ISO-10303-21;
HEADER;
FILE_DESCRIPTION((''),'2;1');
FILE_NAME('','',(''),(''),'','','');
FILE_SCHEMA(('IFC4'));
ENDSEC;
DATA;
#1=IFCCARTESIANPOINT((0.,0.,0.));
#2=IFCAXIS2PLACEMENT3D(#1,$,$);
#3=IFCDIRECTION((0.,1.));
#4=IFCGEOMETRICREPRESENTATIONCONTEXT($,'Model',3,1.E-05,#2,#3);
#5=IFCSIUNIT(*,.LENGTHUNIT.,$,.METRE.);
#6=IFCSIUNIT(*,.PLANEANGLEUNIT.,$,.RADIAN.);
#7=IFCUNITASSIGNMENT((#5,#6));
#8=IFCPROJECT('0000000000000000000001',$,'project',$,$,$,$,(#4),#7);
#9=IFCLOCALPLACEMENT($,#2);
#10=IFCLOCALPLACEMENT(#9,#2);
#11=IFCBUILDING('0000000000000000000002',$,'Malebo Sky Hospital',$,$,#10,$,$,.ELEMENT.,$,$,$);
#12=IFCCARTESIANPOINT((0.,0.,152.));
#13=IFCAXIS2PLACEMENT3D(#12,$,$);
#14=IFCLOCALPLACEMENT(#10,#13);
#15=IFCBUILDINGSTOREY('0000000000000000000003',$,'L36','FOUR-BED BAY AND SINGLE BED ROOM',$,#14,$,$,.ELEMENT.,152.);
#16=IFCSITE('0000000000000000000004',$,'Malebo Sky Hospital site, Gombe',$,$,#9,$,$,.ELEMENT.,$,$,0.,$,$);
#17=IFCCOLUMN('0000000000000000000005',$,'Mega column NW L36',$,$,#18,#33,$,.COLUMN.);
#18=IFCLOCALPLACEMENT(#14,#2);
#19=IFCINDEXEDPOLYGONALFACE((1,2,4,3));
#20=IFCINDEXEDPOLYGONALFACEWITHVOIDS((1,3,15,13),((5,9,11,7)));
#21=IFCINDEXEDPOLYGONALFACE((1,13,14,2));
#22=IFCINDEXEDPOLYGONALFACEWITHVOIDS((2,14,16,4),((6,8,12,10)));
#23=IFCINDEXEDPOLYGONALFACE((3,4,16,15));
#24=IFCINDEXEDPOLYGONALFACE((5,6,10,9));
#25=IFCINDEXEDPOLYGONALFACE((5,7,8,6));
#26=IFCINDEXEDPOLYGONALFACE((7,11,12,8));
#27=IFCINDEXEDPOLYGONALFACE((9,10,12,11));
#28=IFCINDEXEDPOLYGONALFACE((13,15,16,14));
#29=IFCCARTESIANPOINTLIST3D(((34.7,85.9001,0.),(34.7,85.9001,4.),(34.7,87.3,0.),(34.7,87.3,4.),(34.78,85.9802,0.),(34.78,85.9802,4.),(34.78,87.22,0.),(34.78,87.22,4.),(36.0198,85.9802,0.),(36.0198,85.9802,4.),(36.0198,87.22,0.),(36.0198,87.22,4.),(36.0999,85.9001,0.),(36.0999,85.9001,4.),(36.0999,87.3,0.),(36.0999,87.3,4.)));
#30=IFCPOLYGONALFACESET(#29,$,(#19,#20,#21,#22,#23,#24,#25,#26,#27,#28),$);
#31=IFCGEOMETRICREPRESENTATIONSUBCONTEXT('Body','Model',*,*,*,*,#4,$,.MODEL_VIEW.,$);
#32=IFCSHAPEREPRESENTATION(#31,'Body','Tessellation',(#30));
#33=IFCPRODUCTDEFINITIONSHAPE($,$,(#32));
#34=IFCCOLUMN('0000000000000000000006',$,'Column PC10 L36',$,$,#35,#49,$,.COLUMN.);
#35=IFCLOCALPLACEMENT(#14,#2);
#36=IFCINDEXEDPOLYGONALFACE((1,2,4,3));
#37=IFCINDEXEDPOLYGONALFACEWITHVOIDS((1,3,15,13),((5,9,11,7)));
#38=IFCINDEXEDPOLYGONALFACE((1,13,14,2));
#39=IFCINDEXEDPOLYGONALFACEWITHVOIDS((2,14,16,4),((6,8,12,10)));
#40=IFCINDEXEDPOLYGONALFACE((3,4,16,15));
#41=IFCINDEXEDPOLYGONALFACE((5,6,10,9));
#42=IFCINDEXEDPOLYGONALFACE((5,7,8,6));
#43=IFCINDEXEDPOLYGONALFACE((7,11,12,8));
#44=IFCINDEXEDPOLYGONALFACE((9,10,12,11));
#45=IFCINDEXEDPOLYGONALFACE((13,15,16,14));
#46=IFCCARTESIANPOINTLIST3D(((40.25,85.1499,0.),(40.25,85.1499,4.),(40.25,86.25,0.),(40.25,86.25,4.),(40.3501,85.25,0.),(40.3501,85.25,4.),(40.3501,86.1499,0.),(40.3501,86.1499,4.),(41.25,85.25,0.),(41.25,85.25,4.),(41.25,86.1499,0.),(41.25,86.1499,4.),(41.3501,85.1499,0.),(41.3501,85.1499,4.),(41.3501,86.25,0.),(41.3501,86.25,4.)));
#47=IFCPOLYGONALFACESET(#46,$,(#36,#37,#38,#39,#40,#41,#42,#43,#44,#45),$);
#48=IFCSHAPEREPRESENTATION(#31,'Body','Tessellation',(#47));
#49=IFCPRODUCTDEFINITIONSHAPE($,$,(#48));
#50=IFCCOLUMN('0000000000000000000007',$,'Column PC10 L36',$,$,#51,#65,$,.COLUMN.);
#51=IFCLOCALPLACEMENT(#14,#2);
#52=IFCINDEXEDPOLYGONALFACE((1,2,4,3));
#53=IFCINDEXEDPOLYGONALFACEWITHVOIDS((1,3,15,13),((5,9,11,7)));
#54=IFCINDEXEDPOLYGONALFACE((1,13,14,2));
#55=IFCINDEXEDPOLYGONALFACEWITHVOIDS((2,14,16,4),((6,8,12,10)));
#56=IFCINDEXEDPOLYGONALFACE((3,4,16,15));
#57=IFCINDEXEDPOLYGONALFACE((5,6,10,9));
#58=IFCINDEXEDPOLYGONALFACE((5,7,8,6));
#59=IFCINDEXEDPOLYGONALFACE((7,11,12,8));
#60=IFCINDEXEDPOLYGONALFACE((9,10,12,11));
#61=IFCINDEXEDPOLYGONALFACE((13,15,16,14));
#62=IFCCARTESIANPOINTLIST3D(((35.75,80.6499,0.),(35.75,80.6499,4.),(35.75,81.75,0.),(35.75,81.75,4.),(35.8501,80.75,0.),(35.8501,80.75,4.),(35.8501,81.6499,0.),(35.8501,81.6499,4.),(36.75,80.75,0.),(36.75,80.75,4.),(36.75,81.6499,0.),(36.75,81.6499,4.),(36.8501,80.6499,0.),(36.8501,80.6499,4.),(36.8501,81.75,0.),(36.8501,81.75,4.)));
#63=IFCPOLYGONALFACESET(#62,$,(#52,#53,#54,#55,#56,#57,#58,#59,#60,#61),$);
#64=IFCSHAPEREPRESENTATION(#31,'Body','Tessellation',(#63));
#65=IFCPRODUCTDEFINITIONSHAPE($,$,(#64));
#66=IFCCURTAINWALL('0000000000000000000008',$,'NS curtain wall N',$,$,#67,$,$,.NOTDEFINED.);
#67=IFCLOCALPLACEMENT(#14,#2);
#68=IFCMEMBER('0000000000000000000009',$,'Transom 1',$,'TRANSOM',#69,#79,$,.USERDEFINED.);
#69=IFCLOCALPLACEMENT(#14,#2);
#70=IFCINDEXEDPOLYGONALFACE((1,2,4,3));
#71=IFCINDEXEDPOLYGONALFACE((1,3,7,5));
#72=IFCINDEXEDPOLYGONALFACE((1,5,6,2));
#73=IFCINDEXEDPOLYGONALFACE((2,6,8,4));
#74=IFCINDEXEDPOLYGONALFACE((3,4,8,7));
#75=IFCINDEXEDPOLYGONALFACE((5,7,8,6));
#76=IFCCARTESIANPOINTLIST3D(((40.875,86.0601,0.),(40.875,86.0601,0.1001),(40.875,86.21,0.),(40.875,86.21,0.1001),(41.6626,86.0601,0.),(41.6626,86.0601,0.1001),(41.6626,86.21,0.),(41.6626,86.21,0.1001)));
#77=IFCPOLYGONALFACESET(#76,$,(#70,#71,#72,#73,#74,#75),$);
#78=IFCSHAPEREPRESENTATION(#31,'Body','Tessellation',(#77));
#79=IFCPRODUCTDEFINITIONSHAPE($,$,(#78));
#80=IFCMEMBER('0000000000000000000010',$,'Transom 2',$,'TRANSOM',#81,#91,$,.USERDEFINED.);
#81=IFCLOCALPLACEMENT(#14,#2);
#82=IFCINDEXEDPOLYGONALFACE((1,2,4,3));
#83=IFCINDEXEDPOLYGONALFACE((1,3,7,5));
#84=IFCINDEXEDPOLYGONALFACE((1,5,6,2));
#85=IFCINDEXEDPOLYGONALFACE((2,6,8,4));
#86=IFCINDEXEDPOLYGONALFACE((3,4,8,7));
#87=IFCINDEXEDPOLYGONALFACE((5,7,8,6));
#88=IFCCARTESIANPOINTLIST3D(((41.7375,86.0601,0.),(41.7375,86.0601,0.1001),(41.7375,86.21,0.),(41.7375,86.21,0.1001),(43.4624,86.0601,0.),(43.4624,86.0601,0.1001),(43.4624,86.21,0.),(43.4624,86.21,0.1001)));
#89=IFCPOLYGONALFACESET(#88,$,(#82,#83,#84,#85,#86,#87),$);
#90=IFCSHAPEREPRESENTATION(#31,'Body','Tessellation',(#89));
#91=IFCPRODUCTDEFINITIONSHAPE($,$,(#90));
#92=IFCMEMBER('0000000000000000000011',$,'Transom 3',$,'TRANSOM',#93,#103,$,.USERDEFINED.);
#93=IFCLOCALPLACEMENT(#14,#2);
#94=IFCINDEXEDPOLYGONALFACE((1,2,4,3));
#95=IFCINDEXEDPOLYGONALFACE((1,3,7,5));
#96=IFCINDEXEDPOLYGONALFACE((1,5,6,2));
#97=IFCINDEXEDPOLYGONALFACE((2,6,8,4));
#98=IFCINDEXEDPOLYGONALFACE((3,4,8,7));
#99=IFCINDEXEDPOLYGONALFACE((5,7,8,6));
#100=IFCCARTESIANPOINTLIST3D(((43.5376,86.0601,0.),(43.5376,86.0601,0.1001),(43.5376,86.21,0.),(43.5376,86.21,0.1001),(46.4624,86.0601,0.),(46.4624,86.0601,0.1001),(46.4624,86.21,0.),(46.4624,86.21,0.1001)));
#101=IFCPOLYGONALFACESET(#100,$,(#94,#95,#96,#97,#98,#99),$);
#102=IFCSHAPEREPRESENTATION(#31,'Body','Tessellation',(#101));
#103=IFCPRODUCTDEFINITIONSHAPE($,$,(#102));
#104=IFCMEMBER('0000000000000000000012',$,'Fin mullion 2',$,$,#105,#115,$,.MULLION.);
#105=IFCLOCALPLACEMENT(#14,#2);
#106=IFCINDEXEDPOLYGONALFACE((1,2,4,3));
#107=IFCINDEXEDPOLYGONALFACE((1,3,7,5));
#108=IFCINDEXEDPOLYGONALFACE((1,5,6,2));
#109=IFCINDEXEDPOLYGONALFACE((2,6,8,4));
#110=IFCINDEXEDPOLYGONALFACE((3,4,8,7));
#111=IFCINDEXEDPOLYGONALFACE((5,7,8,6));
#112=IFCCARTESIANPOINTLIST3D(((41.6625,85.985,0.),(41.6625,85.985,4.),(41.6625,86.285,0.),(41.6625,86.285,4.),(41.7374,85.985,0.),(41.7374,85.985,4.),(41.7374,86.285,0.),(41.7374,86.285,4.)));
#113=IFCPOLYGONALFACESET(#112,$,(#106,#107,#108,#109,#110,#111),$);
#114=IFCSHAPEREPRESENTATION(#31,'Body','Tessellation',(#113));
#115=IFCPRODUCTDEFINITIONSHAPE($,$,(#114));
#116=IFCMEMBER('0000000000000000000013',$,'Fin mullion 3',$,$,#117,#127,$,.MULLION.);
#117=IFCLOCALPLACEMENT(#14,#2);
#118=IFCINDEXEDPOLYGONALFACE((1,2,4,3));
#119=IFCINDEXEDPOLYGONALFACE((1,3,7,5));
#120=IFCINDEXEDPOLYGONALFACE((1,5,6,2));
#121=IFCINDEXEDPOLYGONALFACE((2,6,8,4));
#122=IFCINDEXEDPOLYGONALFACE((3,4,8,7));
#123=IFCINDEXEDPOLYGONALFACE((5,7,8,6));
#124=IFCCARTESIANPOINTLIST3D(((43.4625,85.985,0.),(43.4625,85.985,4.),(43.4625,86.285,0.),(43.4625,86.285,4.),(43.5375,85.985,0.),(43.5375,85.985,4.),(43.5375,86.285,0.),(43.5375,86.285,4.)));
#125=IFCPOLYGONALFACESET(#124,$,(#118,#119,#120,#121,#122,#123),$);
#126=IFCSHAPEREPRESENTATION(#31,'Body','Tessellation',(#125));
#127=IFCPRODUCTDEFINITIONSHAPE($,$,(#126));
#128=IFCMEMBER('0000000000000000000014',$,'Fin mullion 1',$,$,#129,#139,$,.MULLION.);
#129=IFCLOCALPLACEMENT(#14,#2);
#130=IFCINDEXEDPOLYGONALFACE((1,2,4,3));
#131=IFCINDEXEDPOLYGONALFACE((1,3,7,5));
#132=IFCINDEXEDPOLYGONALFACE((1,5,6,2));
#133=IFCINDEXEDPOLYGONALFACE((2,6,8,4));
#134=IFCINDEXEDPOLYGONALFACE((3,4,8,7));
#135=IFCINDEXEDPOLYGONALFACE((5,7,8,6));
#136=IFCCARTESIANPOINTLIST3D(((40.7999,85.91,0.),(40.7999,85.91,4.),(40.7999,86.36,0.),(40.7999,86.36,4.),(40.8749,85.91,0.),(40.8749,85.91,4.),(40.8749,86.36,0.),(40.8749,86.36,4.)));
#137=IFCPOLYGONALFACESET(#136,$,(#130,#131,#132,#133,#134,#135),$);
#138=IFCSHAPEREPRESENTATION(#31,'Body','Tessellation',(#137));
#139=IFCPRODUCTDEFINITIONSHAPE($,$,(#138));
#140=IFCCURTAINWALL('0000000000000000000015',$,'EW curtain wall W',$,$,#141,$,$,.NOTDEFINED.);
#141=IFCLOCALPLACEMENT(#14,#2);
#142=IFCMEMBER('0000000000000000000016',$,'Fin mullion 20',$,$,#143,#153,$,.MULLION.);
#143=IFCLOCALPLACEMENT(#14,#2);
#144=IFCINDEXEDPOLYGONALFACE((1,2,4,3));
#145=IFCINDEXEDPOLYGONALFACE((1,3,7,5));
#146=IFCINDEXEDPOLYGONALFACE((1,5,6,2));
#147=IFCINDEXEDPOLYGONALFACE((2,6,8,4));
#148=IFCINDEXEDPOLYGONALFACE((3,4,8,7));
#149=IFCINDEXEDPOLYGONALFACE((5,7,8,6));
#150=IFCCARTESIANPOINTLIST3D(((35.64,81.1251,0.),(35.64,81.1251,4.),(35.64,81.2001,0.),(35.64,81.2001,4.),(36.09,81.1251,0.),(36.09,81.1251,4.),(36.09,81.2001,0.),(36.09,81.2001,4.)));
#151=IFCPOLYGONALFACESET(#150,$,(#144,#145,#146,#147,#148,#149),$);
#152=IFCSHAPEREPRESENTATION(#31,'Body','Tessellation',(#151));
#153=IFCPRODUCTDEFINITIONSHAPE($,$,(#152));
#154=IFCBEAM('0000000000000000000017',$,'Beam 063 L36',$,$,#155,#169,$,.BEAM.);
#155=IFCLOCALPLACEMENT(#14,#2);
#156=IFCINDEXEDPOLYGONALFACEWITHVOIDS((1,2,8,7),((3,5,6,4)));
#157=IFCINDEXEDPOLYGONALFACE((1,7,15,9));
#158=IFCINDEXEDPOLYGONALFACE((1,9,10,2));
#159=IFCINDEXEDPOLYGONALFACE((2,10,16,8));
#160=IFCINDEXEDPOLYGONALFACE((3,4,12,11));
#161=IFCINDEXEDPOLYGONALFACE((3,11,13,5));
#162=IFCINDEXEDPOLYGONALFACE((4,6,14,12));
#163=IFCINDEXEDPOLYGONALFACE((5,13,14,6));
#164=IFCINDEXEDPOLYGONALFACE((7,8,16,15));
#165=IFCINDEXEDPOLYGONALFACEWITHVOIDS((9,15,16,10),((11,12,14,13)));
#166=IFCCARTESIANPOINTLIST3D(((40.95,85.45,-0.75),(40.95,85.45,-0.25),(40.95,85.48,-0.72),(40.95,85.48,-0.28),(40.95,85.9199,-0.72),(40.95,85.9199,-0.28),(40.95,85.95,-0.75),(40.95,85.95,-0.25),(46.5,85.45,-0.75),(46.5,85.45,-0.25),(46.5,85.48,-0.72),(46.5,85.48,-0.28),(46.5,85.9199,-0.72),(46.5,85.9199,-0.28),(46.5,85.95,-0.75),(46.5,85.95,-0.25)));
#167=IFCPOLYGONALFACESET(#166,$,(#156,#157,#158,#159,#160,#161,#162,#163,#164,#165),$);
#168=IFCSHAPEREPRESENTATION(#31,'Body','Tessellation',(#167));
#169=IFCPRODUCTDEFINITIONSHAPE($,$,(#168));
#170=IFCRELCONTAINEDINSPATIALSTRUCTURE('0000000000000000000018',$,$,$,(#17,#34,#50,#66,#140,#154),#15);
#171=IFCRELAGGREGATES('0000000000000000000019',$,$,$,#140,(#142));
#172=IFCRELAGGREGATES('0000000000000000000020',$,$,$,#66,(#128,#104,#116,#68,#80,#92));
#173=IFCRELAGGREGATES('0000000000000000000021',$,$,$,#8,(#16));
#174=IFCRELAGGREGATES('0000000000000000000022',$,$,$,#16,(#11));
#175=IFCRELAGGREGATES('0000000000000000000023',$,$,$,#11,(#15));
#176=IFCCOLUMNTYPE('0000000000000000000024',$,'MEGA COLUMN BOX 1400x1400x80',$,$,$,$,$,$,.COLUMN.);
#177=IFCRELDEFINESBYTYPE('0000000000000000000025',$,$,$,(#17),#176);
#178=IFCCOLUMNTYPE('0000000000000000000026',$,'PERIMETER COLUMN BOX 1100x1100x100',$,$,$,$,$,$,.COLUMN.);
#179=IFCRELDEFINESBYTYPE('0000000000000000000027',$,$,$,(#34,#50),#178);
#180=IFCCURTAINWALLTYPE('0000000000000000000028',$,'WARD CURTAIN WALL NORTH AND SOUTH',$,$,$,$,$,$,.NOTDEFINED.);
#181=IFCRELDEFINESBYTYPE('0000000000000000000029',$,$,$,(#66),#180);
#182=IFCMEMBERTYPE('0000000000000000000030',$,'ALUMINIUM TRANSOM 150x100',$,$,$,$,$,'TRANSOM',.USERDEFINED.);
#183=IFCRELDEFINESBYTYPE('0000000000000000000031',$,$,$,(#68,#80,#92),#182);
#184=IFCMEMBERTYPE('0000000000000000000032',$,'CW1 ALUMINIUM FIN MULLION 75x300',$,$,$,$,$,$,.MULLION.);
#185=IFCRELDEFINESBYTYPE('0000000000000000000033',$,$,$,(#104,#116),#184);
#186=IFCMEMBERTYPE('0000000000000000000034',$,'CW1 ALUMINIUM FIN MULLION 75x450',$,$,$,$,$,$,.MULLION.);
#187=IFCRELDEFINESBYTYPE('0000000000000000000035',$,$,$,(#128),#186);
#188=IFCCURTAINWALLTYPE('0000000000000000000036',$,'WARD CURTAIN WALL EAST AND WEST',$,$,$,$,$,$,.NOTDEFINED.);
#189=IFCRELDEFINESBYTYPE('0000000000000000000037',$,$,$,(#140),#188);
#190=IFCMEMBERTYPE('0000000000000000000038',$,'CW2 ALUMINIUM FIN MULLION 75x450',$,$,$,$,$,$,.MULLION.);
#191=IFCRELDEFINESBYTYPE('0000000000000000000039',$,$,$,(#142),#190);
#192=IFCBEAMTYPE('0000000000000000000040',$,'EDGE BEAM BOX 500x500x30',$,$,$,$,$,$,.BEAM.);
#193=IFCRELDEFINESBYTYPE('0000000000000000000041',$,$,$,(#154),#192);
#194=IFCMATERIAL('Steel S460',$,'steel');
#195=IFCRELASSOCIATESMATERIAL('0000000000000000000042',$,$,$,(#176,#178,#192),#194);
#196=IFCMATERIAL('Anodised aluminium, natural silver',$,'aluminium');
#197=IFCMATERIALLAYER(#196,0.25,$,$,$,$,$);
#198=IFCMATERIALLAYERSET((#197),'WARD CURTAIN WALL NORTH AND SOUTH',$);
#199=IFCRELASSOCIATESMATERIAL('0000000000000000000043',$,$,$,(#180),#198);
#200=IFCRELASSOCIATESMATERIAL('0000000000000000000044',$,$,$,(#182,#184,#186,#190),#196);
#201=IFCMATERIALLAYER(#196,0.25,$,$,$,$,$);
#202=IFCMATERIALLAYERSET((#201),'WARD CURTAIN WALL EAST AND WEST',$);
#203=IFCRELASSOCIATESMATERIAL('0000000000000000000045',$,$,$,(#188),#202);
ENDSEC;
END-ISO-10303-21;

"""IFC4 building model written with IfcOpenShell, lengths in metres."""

from ifc_helpers import new_model, si_unit, direction, frame, origin, origin_2d, place, context, subcontext, project, spatial, rectangle, hollow_rectangle, extrude, material, layer, layer_set, material_profile, profile_set, type_object, element, aggregate, save


model = new_model("IFC4")

# Units and contexts
model_context = context("Model", 3, precision=1e-05, world=origin(), true_north=direction((0.0, 1.0)))
body_context = subcontext(model_context, "Body", "Model", "MODEL_VIEW")
ifc_project = project(units=[si_unit("LENGTHUNIT", "METRE"), si_unit("PLANEANGLEUNIT", "RADIAN")], contexts=[model_context])

# Site, building, storey
site_placement = place(None, origin())
site = spatial("IfcSite", under=ifc_project, at=site_placement, Name="Malebo Sky Hospital site, Gombe", CompositionType="ELEMENT", RefElevation=0.0)
building_placement = place(site_placement, origin())
building = spatial("IfcBuilding", under=site, at=building_placement, Name="Malebo Sky Hospital", CompositionType="ELEMENT")
storey_placement = place(building_placement, frame((0.0, 0.0, 152.0)))
storey = spatial("IfcBuildingStorey", under=building, at=storey_placement, Name="L36", Description="FOUR-BED BAY AND SINGLE BED ROOM", CompositionType="ELEMENT", Elevation=152.0)

# Columns
ifc_material_1 = material(Name="Steel S460", Category="steel")
ifc_material_profile_1 = material_profile(ifc_material_1, hollow_rectangle(XDim=1.3999, YDim=1.3999, WallThickness=0.0801, at=origin_2d()), Name="BOX 1400x1400x80")
ifc_profile_set_1 = profile_set([ifc_material_profile_1], Name="Steel S460")
column_type_1 = type_object("IfcColumnType", Name="MEGA COLUMN BOX 1400x1400x80", PredefinedType="COLUMN", material=ifc_profile_set_1)
column_placement = place(storey_placement, frame((35.3999, 86.6001, 0.0), z_axis=(0.0, 0.0, 1.0), x_axis=(1.0, 0.0, 0.0)))
element("IfcColumn", 1, at=column_placement, inside=storey, type_object=column_type_1, Name="Mega column NW L36", PredefinedType="COLUMN", context=body_context, shape_type="SweptSolid", body=[
    extrude(hollow_rectangle(XDim=1.3999, YDim=1.3999, WallThickness=0.0801, at=origin_2d()), origin(), (0.0, 0.0, 1.0), 4.0),
])
ifc_material_profile_2 = material_profile(ifc_material_1, hollow_rectangle(XDim=1.1001, YDim=1.1001, WallThickness=0.1001, at=origin_2d()), Name="BOX 1100x1100x100")
ifc_profile_set_2 = profile_set([ifc_material_profile_2], Name="Steel S460")
column_type_2 = type_object("IfcColumnType", Name="PERIMETER COLUMN BOX 1100x1100x100", PredefinedType="COLUMN", material=ifc_profile_set_2)
for number, where, z_axis, x_axis, name in (
    (2, (40.8, 85.7, 0.0), (0.0, 0.0, 1.0), (1.0, 0.0, 0.0), "Column PC10 L36"),
    (3, (36.3, 81.2, 0.0), (0.0, 0.0, 1.0), (1.0, 0.0, 0.0), "Column PC10 L36"),
):
    element("IfcColumn", number, at=place(storey_placement, frame(where, z_axis=z_axis, x_axis=x_axis)), inside=storey, type_object=column_type_2, Name=name, PredefinedType="COLUMN", context=body_context, shape_type="SweptSolid", body=[
        extrude(hollow_rectangle(XDim=1.1001, YDim=1.1001, WallThickness=0.1001, at=origin_2d()), origin(), (0.0, 0.0, 1.0), 4.0),
    ])

# Curtain wall, members
ifc_material_2 = material(Name="Anodised aluminium, natural silver", Category="aluminium")
ifc_layer_1 = layer(ifc_material_2, 0.25)
ifc_layer_set_1 = layer_set([ifc_layer_1], Name="WARD CURTAIN WALL NORTH AND SOUTH")
curtain_wall_type_1 = type_object("IfcCurtainWallType", Name="WARD CURTAIN WALL NORTH AND SOUTH", PredefinedType="NOTDEFINED", material=ifc_layer_set_1)
curtain_wall_1_placement = place(storey_placement, origin())
curtain_wall_1 = element("IfcCurtainWall", 4, at=curtain_wall_1_placement, inside=storey, type_object=curtain_wall_type_1, Name="NS curtain wall N", PredefinedType="NOTDEFINED")
ifc_material_profile_3 = material_profile(ifc_material_2, rectangle(XDim=0.1499, YDim=0.1001, at=origin_2d()), Name="ALUMINIUM TRANSOM 150x100")
ifc_profile_set_3 = profile_set([ifc_material_profile_3], Name="Anodised aluminium, natural silver")
member_type_1 = type_object("IfcMemberType", Name="ALUMINIUM TRANSOM 150x100", ElementType="TRANSOM", PredefinedType="USERDEFINED", material=ifc_profile_set_3)
member_1_placement = place(storey_placement, frame((40.875, 86.135, 0.05), z_axis=(1.0, 0.0, 0.0), x_axis=(0.0, 1.0, 0.0)))
member_1 = element("IfcMember", 5, at=member_1_placement, type_object=member_type_1, Name="Transom 1", ObjectType="TRANSOM", PredefinedType="USERDEFINED", context=body_context, shape_type="SweptSolid", body=[
    extrude(rectangle(XDim=0.1499, YDim=0.1001, at=origin_2d()), origin(), (0.0, 0.0, 1.0), 0.7876),
])
member_2_placement = place(storey_placement, frame((41.7375, 86.135, 0.05), z_axis=(1.0, 0.0, 0.0), x_axis=(0.0, 1.0, 0.0)))
member_2 = element("IfcMember", 6, at=member_2_placement, type_object=member_type_1, Name="Transom 2", ObjectType="TRANSOM", PredefinedType="USERDEFINED", context=body_context, shape_type="SweptSolid", body=[
    extrude(rectangle(XDim=0.1499, YDim=0.1001, at=origin_2d()), origin(), (0.0, 0.0, 1.0), 1.7249),
])
member_3_placement = place(storey_placement, frame((43.5376, 86.135, 0.05), z_axis=(1.0, 0.0, 0.0), x_axis=(0.0, 1.0, 0.0)))
member_3 = element("IfcMember", 7, at=member_3_placement, type_object=member_type_1, Name="Transom 3", ObjectType="TRANSOM", PredefinedType="USERDEFINED", context=body_context, shape_type="SweptSolid", body=[
    extrude(rectangle(XDim=0.1499, YDim=0.1001, at=origin_2d()), origin(), (0.0, 0.0, 1.0), 2.9248),
])
ifc_material_profile_4 = material_profile(ifc_material_2, rectangle(XDim=0.075, YDim=0.3, at=origin_2d()), Name="CW1 ALUMINIUM FIN MULLION 75x300")
ifc_profile_set_4 = profile_set([ifc_material_profile_4], Name="Anodised aluminium, natural silver")
member_type_2 = type_object("IfcMemberType", Name="CW1 ALUMINIUM FIN MULLION 75x300", PredefinedType="MULLION", material=ifc_profile_set_4)
member_4_placement = place(storey_placement, frame((41.7, 86.135, 0.0), z_axis=(0.0, 0.0, 1.0), x_axis=(1.0, 0.0, 0.0)))
member_4 = element("IfcMember", 8, at=member_4_placement, type_object=member_type_2, Name="Fin mullion 2", PredefinedType="MULLION", context=body_context, shape_type="SweptSolid", body=[
    extrude(rectangle(XDim=0.075, YDim=0.3, at=origin_2d()), origin(), (0.0, 0.0, 1.0), 4.0),
])
member_5_placement = place(storey_placement, frame((43.5, 86.135, 0.0), z_axis=(0.0, 0.0, 1.0), x_axis=(1.0, 0.0, 0.0)))
member_5 = element("IfcMember", 9, at=member_5_placement, type_object=member_type_2, Name="Fin mullion 3", PredefinedType="MULLION", context=body_context, shape_type="SweptSolid", body=[
    extrude(rectangle(XDim=0.075, YDim=0.3, at=origin_2d()), origin(), (0.0, 0.0, 1.0), 4.0),
])
ifc_material_profile_5 = material_profile(ifc_material_2, rectangle(XDim=0.075, YDim=0.45, at=origin_2d()), Name="CW1 ALUMINIUM FIN MULLION 75x450")
ifc_profile_set_5 = profile_set([ifc_material_profile_5], Name="Anodised aluminium, natural silver")
member_type_3 = type_object("IfcMemberType", Name="CW1 ALUMINIUM FIN MULLION 75x450", PredefinedType="MULLION", material=ifc_profile_set_5)
member_6_placement = place(storey_placement, frame((40.8374, 86.135, 0.0), z_axis=(0.0, 0.0, 1.0), x_axis=(1.0, 0.0, 0.0)))
member_6 = element("IfcMember", 10, at=member_6_placement, type_object=member_type_3, Name="Fin mullion 1", PredefinedType="MULLION", context=body_context, shape_type="SweptSolid", body=[
    extrude(rectangle(XDim=0.075, YDim=0.45, at=origin_2d()), origin(), (0.0, 0.0, 1.0), 4.0),
])

# Curtain wall, member
ifc_layer_2 = layer(ifc_material_2, 0.25)
ifc_layer_set_2 = layer_set([ifc_layer_2], Name="WARD CURTAIN WALL EAST AND WEST")
curtain_wall_type_2 = type_object("IfcCurtainWallType", Name="WARD CURTAIN WALL EAST AND WEST", PredefinedType="NOTDEFINED", material=ifc_layer_set_2)
curtain_wall_2_placement = place(storey_placement, origin())
curtain_wall_2 = element("IfcCurtainWall", 11, at=curtain_wall_2_placement, inside=storey, type_object=curtain_wall_type_2, Name="EW curtain wall W", PredefinedType="NOTDEFINED")
ifc_material_profile_6 = material_profile(ifc_material_2, rectangle(XDim=0.075, YDim=0.45, at=origin_2d()), Name="CW2 ALUMINIUM FIN MULLION 75x450")
ifc_profile_set_6 = profile_set([ifc_material_profile_6], Name="Anodised aluminium, natural silver")
member_type_4 = type_object("IfcMemberType", Name="CW2 ALUMINIUM FIN MULLION 75x450", PredefinedType="MULLION", material=ifc_profile_set_6)
member_7_placement = place(storey_placement, frame((35.865, 81.1626, 0.0), z_axis=(0.0, 0.0, 1.0), x_axis=(0.0, 1.0, 0.0)))
member_7 = element("IfcMember", 12, at=member_7_placement, type_object=member_type_4, Name="Fin mullion 20", PredefinedType="MULLION", context=body_context, shape_type="SweptSolid", body=[
    extrude(rectangle(XDim=0.075, YDim=0.45, at=origin_2d()), origin(), (0.0, 0.0, 1.0), 4.0),
])
aggregate(curtain_wall_2, [member_7])

# Beam
ifc_material_profile_7 = material_profile(ifc_material_1, hollow_rectangle(XDim=0.5, YDim=0.5, WallThickness=0.03, at=origin_2d()), Name="BOX 500x500x30")
ifc_profile_set_7 = profile_set([ifc_material_profile_7], Name="Steel S460")
beam_type_1 = type_object("IfcBeamType", Name="EDGE BEAM BOX 500x500x30", PredefinedType="BEAM", material=ifc_profile_set_7)
beam_1_placement = place(storey_placement, frame((40.95, 85.7, -0.5), z_axis=(1.0, 0.0, 0.0), x_axis=(0.0, 1.0, 0.0)))
element("IfcBeam", 13, at=beam_1_placement, inside=storey, type_object=beam_type_1, Name="Beam 063 L36", PredefinedType="BEAM", context=body_context, shape_type="SweptSolid", body=[
    extrude(hollow_rectangle(XDim=0.5, YDim=0.5, WallThickness=0.03, at=origin_2d()), origin(), (0.0, 0.0, 1.0), 5.55),
])

aggregate(curtain_wall_1, [member_6, member_4, member_5, member_1, member_2, member_3])

save(model, "model.ifc")
